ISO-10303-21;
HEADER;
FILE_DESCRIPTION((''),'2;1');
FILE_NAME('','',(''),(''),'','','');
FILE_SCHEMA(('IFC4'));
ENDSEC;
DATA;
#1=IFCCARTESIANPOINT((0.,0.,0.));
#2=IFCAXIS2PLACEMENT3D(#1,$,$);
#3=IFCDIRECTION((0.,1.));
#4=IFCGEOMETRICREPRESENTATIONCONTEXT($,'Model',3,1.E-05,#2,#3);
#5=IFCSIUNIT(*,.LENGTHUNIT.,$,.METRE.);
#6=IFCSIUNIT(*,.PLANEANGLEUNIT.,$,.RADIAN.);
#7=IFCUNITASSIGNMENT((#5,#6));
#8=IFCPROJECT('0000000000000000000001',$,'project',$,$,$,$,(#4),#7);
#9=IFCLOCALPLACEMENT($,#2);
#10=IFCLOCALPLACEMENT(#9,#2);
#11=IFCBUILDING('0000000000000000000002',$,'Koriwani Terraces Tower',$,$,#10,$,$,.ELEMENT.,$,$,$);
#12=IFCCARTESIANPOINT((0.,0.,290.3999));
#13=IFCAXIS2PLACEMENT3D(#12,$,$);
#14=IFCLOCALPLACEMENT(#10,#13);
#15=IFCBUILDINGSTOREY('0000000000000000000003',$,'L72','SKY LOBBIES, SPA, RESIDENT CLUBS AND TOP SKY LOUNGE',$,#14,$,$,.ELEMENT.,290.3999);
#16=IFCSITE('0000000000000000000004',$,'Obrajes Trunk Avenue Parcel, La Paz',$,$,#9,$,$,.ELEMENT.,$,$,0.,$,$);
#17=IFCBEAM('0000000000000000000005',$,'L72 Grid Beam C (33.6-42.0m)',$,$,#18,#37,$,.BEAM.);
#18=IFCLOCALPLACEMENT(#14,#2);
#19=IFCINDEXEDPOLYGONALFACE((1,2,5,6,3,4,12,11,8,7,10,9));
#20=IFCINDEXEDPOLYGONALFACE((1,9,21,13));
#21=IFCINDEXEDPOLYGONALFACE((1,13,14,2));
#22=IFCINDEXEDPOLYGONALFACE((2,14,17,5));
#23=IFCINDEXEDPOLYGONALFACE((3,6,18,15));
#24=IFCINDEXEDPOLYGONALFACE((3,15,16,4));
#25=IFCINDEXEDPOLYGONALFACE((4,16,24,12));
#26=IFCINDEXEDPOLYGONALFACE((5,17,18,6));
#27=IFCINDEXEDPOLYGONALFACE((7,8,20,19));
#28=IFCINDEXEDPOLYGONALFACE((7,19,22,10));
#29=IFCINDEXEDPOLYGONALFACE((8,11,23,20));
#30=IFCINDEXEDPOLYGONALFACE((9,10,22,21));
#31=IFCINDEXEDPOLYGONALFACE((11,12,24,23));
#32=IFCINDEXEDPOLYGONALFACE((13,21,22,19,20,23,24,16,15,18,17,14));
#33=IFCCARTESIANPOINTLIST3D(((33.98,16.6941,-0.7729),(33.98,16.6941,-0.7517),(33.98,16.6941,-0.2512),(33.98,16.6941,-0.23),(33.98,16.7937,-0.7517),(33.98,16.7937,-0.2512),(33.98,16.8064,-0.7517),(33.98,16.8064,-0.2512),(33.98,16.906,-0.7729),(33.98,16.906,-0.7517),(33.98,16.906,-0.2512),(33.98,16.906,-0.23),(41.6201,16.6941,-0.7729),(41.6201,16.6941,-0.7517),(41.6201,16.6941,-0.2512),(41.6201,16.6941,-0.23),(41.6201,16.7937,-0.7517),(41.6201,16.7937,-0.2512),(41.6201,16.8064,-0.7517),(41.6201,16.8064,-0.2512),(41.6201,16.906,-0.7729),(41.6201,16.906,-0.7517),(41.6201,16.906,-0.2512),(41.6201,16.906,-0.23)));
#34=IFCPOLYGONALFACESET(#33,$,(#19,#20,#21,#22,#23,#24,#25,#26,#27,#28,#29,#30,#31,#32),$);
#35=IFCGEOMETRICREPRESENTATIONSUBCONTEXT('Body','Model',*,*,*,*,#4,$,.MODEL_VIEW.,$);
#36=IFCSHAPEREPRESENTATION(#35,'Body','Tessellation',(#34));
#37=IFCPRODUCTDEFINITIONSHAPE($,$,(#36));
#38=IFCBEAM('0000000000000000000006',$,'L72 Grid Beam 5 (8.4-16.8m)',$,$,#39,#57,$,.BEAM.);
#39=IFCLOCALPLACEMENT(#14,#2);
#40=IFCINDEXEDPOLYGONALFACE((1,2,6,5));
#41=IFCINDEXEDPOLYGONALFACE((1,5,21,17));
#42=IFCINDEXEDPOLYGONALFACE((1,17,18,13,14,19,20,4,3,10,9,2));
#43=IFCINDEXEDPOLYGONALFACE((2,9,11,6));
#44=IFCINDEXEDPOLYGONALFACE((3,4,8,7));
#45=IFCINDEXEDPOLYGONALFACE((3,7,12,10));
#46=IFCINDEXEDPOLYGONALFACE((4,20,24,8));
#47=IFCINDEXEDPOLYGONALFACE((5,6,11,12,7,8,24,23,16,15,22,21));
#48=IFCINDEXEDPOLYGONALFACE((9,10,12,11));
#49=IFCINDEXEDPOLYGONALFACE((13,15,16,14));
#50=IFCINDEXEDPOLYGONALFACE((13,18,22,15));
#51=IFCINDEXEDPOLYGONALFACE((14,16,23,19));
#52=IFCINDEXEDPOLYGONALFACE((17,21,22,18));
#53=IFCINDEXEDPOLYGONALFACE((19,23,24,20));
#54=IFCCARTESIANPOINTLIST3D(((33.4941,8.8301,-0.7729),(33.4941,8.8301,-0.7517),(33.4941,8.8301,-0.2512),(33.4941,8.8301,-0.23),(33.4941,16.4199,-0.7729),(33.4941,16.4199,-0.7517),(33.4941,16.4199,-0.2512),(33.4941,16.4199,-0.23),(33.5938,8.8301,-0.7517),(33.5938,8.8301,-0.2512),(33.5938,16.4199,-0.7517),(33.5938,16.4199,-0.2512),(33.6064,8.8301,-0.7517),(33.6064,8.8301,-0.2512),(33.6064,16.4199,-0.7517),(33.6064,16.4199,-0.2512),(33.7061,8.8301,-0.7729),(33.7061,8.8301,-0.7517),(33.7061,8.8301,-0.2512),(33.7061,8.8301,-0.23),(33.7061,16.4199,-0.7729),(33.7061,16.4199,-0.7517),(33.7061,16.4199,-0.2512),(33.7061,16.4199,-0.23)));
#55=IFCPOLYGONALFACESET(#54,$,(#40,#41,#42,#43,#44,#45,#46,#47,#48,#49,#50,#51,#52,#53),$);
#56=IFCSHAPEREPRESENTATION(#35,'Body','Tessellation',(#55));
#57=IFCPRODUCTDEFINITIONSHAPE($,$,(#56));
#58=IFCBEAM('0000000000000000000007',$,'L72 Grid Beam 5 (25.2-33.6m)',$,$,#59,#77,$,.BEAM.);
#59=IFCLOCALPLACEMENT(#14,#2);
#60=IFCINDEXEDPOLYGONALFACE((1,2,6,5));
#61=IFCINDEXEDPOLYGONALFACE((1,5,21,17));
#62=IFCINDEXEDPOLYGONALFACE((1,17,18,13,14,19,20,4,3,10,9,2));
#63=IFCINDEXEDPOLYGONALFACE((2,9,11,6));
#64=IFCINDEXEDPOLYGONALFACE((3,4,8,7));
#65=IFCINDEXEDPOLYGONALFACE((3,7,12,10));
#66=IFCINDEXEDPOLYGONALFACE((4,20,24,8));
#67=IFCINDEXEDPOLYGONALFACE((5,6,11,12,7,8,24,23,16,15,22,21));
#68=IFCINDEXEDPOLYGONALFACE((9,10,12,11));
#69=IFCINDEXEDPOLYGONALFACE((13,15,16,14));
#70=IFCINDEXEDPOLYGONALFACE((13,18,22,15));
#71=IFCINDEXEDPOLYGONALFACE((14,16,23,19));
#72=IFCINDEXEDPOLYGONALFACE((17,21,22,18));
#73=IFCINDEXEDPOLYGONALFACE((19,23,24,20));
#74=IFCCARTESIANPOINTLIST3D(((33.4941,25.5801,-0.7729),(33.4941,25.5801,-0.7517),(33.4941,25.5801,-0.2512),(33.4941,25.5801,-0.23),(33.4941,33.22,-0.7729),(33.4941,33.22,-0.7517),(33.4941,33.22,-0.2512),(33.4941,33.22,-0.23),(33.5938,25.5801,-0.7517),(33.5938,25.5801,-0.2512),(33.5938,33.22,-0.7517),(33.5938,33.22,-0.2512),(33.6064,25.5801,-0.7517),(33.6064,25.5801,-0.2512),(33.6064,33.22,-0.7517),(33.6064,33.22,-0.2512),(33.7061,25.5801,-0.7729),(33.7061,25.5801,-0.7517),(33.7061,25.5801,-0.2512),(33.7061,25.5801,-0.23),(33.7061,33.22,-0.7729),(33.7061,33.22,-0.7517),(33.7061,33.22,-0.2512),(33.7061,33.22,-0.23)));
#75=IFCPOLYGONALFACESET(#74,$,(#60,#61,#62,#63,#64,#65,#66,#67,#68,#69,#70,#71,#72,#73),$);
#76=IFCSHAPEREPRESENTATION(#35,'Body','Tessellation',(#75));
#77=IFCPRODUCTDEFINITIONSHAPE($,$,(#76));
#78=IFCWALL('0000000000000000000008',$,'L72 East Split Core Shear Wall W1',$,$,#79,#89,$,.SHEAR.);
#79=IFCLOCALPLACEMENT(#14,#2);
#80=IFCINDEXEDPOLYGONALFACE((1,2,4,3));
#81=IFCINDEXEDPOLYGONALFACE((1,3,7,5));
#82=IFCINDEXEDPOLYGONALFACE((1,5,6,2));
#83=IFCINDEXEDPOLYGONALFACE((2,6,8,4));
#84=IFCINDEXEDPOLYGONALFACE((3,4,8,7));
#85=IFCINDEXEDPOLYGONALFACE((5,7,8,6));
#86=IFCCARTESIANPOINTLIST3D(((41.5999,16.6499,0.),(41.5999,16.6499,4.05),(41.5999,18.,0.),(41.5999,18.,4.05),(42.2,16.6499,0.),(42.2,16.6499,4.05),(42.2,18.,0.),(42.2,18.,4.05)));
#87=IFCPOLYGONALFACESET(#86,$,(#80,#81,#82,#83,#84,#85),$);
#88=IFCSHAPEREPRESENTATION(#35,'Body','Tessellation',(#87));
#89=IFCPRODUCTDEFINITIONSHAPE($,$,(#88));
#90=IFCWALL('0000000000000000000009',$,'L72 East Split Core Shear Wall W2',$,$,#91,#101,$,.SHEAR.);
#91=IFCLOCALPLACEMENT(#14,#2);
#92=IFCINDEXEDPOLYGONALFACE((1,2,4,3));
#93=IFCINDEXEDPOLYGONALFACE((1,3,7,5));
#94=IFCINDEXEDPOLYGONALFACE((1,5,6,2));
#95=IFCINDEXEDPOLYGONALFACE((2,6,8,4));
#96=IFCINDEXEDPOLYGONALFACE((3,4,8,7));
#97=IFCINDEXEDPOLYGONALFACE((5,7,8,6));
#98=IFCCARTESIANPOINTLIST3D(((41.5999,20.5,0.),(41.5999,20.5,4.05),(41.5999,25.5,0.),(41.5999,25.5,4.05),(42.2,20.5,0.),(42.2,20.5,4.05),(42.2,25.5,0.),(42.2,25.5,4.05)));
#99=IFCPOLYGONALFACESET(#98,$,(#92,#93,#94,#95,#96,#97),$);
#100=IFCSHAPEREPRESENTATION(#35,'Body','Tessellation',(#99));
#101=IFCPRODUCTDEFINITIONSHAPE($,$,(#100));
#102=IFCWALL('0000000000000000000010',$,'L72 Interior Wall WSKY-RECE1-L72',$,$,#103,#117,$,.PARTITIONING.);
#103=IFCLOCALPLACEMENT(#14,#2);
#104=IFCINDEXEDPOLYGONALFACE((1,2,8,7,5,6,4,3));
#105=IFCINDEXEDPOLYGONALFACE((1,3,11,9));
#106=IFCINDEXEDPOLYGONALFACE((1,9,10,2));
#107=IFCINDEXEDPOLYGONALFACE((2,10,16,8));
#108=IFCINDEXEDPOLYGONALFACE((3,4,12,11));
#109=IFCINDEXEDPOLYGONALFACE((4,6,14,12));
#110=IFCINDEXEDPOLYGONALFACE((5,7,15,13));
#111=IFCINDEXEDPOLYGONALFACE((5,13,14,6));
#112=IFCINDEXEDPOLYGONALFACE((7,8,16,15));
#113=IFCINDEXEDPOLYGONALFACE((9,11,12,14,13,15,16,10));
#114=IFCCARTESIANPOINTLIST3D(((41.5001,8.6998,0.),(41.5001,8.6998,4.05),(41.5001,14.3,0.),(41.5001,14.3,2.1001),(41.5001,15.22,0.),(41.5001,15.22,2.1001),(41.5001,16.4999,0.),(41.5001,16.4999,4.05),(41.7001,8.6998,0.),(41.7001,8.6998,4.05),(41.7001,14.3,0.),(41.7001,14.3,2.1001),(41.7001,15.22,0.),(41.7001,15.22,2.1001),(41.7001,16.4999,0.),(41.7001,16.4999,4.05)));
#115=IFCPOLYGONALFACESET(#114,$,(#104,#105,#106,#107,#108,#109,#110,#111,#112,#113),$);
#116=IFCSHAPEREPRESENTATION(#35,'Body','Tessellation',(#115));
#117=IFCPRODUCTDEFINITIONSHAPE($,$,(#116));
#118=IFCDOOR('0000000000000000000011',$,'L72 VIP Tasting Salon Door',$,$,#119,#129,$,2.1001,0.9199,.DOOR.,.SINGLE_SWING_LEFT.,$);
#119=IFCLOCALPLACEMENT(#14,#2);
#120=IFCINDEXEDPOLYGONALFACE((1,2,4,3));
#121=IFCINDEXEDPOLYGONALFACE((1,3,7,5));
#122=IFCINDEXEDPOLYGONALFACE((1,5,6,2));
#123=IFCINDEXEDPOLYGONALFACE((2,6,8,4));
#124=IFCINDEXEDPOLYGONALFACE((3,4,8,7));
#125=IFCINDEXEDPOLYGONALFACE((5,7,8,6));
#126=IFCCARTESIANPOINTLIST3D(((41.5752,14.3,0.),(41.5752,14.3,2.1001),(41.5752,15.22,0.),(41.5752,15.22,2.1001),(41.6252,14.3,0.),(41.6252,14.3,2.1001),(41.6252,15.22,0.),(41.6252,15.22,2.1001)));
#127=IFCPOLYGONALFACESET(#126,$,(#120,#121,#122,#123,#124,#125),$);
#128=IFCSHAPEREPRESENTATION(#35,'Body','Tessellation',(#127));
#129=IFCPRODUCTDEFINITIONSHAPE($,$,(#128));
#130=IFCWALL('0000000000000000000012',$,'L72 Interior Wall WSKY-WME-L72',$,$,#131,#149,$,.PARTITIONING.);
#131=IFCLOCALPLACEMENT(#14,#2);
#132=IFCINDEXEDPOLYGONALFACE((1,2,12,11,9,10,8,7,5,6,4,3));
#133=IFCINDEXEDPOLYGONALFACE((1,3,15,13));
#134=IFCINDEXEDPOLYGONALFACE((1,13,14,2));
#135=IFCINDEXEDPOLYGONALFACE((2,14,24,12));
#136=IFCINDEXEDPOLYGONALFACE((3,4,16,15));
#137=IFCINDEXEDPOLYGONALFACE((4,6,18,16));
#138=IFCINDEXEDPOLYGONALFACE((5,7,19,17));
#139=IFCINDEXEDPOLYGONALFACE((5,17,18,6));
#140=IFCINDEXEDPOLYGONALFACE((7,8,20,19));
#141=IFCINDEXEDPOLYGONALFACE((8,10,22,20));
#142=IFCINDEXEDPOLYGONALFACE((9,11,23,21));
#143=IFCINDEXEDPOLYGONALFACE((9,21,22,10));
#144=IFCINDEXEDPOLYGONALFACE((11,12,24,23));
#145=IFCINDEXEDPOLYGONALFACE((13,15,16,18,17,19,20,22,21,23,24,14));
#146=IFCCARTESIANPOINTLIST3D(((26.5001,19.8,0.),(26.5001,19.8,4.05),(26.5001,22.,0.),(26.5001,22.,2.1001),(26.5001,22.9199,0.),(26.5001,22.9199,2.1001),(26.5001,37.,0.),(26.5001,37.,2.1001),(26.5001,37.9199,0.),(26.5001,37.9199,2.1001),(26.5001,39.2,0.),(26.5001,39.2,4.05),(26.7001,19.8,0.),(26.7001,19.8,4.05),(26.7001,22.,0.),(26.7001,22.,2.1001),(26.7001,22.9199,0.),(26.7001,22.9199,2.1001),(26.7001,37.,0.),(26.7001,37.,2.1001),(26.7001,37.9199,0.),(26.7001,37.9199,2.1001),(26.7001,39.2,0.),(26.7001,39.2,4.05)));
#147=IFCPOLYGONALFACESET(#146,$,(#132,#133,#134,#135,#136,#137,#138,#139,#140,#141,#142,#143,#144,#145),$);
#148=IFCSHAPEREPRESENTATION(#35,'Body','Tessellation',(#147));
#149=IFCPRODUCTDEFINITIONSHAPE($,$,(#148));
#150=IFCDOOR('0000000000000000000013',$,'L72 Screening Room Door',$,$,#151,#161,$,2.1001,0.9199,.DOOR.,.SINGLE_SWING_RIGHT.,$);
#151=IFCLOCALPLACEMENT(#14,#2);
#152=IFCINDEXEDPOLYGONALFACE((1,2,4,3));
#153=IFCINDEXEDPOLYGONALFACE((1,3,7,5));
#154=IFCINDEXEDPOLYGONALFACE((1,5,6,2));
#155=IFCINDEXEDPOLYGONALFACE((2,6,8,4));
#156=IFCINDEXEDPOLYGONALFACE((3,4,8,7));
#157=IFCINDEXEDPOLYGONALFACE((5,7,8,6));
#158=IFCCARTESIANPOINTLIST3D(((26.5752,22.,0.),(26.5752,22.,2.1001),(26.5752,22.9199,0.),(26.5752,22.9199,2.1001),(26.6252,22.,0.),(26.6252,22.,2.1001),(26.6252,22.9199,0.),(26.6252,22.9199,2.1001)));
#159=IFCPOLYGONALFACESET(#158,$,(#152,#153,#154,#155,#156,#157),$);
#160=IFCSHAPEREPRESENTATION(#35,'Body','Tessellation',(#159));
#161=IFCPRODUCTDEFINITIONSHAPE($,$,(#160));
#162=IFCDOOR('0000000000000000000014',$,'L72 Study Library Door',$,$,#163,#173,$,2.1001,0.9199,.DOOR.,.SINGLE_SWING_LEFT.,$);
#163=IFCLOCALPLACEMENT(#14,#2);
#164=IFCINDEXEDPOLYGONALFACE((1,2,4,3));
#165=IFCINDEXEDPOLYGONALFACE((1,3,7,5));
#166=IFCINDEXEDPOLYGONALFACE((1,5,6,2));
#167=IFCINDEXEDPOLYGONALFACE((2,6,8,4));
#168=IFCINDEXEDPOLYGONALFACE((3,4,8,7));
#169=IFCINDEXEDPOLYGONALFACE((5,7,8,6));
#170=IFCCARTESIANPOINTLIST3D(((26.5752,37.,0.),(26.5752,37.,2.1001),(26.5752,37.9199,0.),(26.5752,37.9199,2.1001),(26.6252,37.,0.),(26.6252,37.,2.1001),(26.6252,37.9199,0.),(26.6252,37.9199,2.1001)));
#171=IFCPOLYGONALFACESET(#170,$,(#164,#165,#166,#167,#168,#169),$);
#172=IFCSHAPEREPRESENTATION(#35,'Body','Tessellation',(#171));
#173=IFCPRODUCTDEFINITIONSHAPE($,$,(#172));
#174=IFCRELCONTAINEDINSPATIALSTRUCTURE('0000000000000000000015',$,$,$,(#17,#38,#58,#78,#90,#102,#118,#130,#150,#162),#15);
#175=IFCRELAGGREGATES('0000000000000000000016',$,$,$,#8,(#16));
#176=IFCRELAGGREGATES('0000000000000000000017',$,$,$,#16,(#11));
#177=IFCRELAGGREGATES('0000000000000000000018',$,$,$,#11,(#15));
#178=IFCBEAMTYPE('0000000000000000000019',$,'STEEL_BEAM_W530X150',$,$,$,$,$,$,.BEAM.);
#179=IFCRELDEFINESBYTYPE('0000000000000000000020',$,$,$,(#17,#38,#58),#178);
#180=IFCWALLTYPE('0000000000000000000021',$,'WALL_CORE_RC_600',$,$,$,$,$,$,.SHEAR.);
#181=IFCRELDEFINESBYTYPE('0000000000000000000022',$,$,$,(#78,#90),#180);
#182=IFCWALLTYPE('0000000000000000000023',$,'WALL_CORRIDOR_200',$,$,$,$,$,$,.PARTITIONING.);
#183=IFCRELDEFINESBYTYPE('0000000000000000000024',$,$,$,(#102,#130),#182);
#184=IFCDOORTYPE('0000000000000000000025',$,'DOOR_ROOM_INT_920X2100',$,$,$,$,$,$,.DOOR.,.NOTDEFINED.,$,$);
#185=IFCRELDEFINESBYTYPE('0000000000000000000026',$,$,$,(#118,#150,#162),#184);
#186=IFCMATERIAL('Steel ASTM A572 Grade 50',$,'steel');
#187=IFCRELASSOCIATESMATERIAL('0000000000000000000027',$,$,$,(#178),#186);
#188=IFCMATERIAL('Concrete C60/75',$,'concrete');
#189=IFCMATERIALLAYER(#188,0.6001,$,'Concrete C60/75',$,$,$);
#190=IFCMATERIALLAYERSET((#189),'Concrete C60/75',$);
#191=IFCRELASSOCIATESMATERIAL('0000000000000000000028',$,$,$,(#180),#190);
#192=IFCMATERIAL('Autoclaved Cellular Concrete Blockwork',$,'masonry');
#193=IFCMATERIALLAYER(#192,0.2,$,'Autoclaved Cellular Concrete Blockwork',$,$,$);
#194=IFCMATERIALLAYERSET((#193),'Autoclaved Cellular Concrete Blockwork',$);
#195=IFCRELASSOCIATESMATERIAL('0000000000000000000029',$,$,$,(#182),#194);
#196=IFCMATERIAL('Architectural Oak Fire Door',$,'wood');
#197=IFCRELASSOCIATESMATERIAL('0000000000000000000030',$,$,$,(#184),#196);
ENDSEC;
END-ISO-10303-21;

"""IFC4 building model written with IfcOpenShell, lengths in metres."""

from ifc_helpers import new_model, si_unit, direction, frame, frame_2d, origin, origin_2d, place, context, subcontext, project, spatial, rectangle, i_section, extrude, material, layer, layer_set, material_profile, profile_set, type_object, element, fill, save


model = new_model("IFC4")

# Units and contexts
model_context = context("Model", 3, precision=1e-05, world=origin(), true_north=direction((0.0, 1.0)))
body_context = subcontext(model_context, "Body", "Model", "MODEL_VIEW")
ifc_project = project(units=[si_unit("LENGTHUNIT", "METRE"), si_unit("PLANEANGLEUNIT", "RADIAN")], contexts=[model_context])

# Site, building, storey
site_placement = place(None, origin())
site = spatial("IfcSite", under=ifc_project, at=site_placement, Name="Obrajes Trunk Avenue Parcel, La Paz", CompositionType="ELEMENT", RefElevation=0.0)
building_placement = place(site_placement, origin())
building = spatial("IfcBuilding", under=site, at=building_placement, Name="Koriwani Terraces Tower", CompositionType="ELEMENT")
storey_placement = place(building_placement, frame((0.0, 0.0, 290.3999)))
storey = spatial("IfcBuildingStorey", under=building, at=storey_placement, Name="L72", Description="SKY LOBBIES, SPA, RESIDENT CLUBS AND TOP SKY LOUNGE", CompositionType="ELEMENT", Elevation=290.3999)

# Beams
ifc_material_1 = material(Name="Steel ASTM A572 Grade 50", Category="steel")
ifc_material_profile_1 = material_profile(ifc_material_1, i_section(OverallWidth=0.2119, OverallDepth=0.543, WebThickness=0.0127, FlangeThickness=0.0212, at=origin_2d()), Name="Steel ASTM A572 Grade 50", Category="LoadBearing")
ifc_profile_set_1 = profile_set([ifc_material_profile_1], Name="Steel ASTM A572 Grade 50")
beam_type_1 = type_object("IfcBeamType", Name="STEEL_BEAM_W530X150", PredefinedType="BEAM", material=ifc_profile_set_1)
beam_1_placement = place(storey_placement, frame((33.98, 16.8, -0.5015), z_axis=(1.0, 0.0, 0.0), x_axis=(0.0, 1.0, 0.0)))
element("IfcBeam", 1, at=beam_1_placement, inside=storey, type_object=beam_type_1, Name="L72 Grid Beam C (33.6-42.0m)", PredefinedType="BEAM", context=body_context, shape_type="SweptSolid", body=[
    extrude(i_section(OverallWidth=0.2119, OverallDepth=0.543, WebThickness=0.0127, FlangeThickness=0.0212, at=origin_2d()), origin(), (0.0, 0.0, 1.0), 7.6401),
])
beam_2_placement = place(storey_placement, frame((33.6001, 8.8301, -0.5015), z_axis=(0.0, 1.0, 0.0), x_axis=(-1.0, 0.0, 0.0)))
element("IfcBeam", 2, at=beam_2_placement, inside=storey, type_object=beam_type_1, Name="L72 Grid Beam 5 (8.4-16.8m)", PredefinedType="BEAM", context=body_context, shape_type="SweptSolid", body=[
    extrude(i_section(OverallWidth=0.2119, OverallDepth=0.543, WebThickness=0.0127, FlangeThickness=0.0212, at=origin_2d()), origin(), (0.0, 0.0, 1.0), 7.5898),
])
beam_3_placement = place(storey_placement, frame((33.6001, 25.5801, -0.5015), z_axis=(0.0, 1.0, 0.0), x_axis=(-1.0, 0.0, 0.0)))
element("IfcBeam", 3, at=beam_3_placement, inside=storey, type_object=beam_type_1, Name="L72 Grid Beam 5 (25.2-33.6m)", PredefinedType="BEAM", context=body_context, shape_type="SweptSolid", body=[
    extrude(i_section(OverallWidth=0.2119, OverallDepth=0.543, WebThickness=0.0127, FlangeThickness=0.0212, at=origin_2d()), origin(), (0.0, 0.0, 1.0), 7.6399),
])

# Walls
ifc_material_2 = material(Name="Concrete C60/75", Category="concrete")
ifc_layer_1 = layer(ifc_material_2, 0.6001, Name="Concrete C60/75")
ifc_layer_set_1 = layer_set([ifc_layer_1], Name="Concrete C60/75")
wall_type_1 = type_object("IfcWallType", Name="WALL_CORE_RC_600", PredefinedType="SHEAR", material=ifc_layer_set_1)
wall_1_placement = place(storey_placement, frame((41.8999, 16.6499, 0.0), z_axis=(0.0, 0.0, 1.0), x_axis=(0.0, 1.0, 0.0)))
element("IfcWall", 4, at=wall_1_placement, inside=storey, type_object=wall_type_1, Name="L72 East Split Core Shear Wall W1", PredefinedType="SHEAR", context=body_context, shape_type="SweptSolid", body=[
    extrude(rectangle(XDim=1.3501, YDim=0.6001, at=frame_2d((0.675, 0.0))), origin(), (0.0, 0.0, 1.0), 4.05),
])
wall_2_placement = place(storey_placement, frame((41.8999, 20.5, 0.0), z_axis=(0.0, 0.0, 1.0), x_axis=(0.0, 1.0, 0.0)))
element("IfcWall", 5, at=wall_2_placement, inside=storey, type_object=wall_type_1, Name="L72 East Split Core Shear Wall W2", PredefinedType="SHEAR", context=body_context, shape_type="SweptSolid", body=[
    extrude(rectangle(XDim=5.0, YDim=0.6001, at=frame_2d((2.5, 0.0))), origin(), (0.0, 0.0, 1.0), 4.05),
])

# Wall, opening, door
ifc_material_3 = material(Name="Autoclaved Cellular Concrete Blockwork", Category="masonry")
ifc_layer_2 = layer(ifc_material_3, 0.2, Name="Autoclaved Cellular Concrete Blockwork")
ifc_layer_set_2 = layer_set([ifc_layer_2], Name="Autoclaved Cellular Concrete Blockwork")
wall_type_2 = type_object("IfcWallType", Name="WALL_CORRIDOR_200", PredefinedType="PARTITIONING", material=ifc_layer_set_2)
wall_3_placement = place(storey_placement, frame((41.6001, 8.7, 0.0), z_axis=(0.0, 0.0, 1.0), x_axis=(0.0, 1.0, 0.0)))
wall_3 = element("IfcWall", 6, at=wall_3_placement, inside=storey, type_object=wall_type_2, Name="L72 Interior Wall WSKY-RECE1-L72", PredefinedType="PARTITIONING", context=body_context, shape_type="SweptSolid", body=[
    extrude(rectangle(XDim=7.8, YDim=0.2, at=frame_2d((3.8999, 0.0))), origin(), (0.0, 0.0, 1.0), 4.05),
])
opening_1_placement = place(wall_3_placement, frame((5.6001, 0.0, 0.0)))
opening_1 = element("IfcOpeningElement", 7, at=opening_1_placement, cuts=wall_3, PredefinedType="OPENING", context=body_context, shape_type="SweptSolid", body=[
    extrude(rectangle(XDim=0.9199, YDim=2.1001, at=frame_2d((0.46, 1.05))), frame((0.0, 0.1099, 0.0), z_axis=(0.0, -1.0, 0.0), x_axis=(1.0, 0.0, 0.0)), (0.0, 0.0, 1.0), 0.22),
])
ifc_material_4 = material(Name="Architectural Oak Fire Door", Category="wood")
door_type_1 = type_object("IfcDoorType", Name="DOOR_ROOM_INT_920X2100", OperationType="NOTDEFINED", PredefinedType="DOOR", material=ifc_material_4)
door_1_placement = place(opening_1_placement, origin())
door_1 = element("IfcDoor", 8, at=door_1_placement, inside=storey, type_object=door_type_1, Name="L72 VIP Tasting Salon Door", OperationType="SINGLE_SWING_LEFT", OverallHeight=2.1001, OverallWidth=0.9199, PredefinedType="DOOR", context=body_context, shape_type="SweptSolid", body=[
    extrude(rectangle(XDim=0.9199, YDim=2.1001, at=frame_2d((0.46, 1.05))), frame((0.0, 0.0249, 0.0), z_axis=(0.0, -1.0, 0.0), x_axis=(1.0, 0.0, 0.0)), (0.0, 0.0, 1.0), 0.05),
])
fill(opening_1, door_1)

# Wall, openings, doors
wall_4_placement = place(storey_placement, frame((26.6001, 19.8, 0.0), z_axis=(0.0, 0.0, 1.0), x_axis=(0.0, 1.0, 0.0)))
wall_4 = element("IfcWall", 9, at=wall_4_placement, inside=storey, type_object=wall_type_2, Name="L72 Interior Wall WSKY-WME-L72", PredefinedType="PARTITIONING", context=body_context, shape_type="SweptSolid", body=[
    extrude(rectangle(XDim=19.3999, YDim=0.2, at=frame_2d((9.7, 0.0))), origin(), (0.0, 0.0, 1.0), 4.05),
])
opening_2_placement = place(wall_4_placement, frame((2.2, 0.0, 0.0)))
opening_2 = element("IfcOpeningElement", 10, at=opening_2_placement, cuts=wall_4, PredefinedType="OPENING", context=body_context, shape_type="SweptSolid", body=[
    extrude(rectangle(XDim=0.9199, YDim=2.1001, at=frame_2d((0.46, 1.05))), frame((0.0, 0.1099, 0.0), z_axis=(0.0, -1.0, 0.0), x_axis=(1.0, 0.0, 0.0)), (0.0, 0.0, 1.0), 0.22),
])
opening_3_placement = place(wall_4_placement, frame((17.2, 0.0, 0.0)))
opening_3 = element("IfcOpeningElement", 11, at=opening_3_placement, cuts=wall_4, PredefinedType="OPENING", context=body_context, shape_type="SweptSolid", body=[
    extrude(rectangle(XDim=0.9199, YDim=2.1001, at=frame_2d((0.46, 1.05))), frame((0.0, 0.1099, 0.0), z_axis=(0.0, -1.0, 0.0), x_axis=(1.0, 0.0, 0.0)), (0.0, 0.0, 1.0), 0.22),
])
door_2_placement = place(opening_2_placement, origin())
door_2 = element("IfcDoor", 12, at=door_2_placement, inside=storey, type_object=door_type_1, Name="L72 Screening Room Door", OperationType="SINGLE_SWING_RIGHT", OverallHeight=2.1001, OverallWidth=0.9199, PredefinedType="DOOR", context=body_context, shape_type="SweptSolid", body=[
    extrude(rectangle(XDim=0.9199, YDim=2.1001, at=frame_2d((0.46, 1.05))), frame((0.0, 0.0249, 0.0), z_axis=(0.0, -1.0, 0.0), x_axis=(1.0, 0.0, 0.0)), (0.0, 0.0, 1.0), 0.05),
])
fill(opening_2, door_2)
door_3_placement = place(opening_3_placement, origin())
door_3 = element("IfcDoor", 13, at=door_3_placement, inside=storey, type_object=door_type_1, Name="L72 Study Library Door", OperationType="SINGLE_SWING_LEFT", OverallHeight=2.1001, OverallWidth=0.9199, PredefinedType="DOOR", context=body_context, shape_type="SweptSolid", body=[
    extrude(rectangle(XDim=0.9199, YDim=2.1001, at=frame_2d((0.46, 1.05))), frame((0.0, 0.0249, 0.0), z_axis=(0.0, -1.0, 0.0), x_axis=(1.0, 0.0, 0.0)), (0.0, 0.0, 1.0), 0.05),
])
fill(opening_3, door_3)

save(model, "model.ifc")
